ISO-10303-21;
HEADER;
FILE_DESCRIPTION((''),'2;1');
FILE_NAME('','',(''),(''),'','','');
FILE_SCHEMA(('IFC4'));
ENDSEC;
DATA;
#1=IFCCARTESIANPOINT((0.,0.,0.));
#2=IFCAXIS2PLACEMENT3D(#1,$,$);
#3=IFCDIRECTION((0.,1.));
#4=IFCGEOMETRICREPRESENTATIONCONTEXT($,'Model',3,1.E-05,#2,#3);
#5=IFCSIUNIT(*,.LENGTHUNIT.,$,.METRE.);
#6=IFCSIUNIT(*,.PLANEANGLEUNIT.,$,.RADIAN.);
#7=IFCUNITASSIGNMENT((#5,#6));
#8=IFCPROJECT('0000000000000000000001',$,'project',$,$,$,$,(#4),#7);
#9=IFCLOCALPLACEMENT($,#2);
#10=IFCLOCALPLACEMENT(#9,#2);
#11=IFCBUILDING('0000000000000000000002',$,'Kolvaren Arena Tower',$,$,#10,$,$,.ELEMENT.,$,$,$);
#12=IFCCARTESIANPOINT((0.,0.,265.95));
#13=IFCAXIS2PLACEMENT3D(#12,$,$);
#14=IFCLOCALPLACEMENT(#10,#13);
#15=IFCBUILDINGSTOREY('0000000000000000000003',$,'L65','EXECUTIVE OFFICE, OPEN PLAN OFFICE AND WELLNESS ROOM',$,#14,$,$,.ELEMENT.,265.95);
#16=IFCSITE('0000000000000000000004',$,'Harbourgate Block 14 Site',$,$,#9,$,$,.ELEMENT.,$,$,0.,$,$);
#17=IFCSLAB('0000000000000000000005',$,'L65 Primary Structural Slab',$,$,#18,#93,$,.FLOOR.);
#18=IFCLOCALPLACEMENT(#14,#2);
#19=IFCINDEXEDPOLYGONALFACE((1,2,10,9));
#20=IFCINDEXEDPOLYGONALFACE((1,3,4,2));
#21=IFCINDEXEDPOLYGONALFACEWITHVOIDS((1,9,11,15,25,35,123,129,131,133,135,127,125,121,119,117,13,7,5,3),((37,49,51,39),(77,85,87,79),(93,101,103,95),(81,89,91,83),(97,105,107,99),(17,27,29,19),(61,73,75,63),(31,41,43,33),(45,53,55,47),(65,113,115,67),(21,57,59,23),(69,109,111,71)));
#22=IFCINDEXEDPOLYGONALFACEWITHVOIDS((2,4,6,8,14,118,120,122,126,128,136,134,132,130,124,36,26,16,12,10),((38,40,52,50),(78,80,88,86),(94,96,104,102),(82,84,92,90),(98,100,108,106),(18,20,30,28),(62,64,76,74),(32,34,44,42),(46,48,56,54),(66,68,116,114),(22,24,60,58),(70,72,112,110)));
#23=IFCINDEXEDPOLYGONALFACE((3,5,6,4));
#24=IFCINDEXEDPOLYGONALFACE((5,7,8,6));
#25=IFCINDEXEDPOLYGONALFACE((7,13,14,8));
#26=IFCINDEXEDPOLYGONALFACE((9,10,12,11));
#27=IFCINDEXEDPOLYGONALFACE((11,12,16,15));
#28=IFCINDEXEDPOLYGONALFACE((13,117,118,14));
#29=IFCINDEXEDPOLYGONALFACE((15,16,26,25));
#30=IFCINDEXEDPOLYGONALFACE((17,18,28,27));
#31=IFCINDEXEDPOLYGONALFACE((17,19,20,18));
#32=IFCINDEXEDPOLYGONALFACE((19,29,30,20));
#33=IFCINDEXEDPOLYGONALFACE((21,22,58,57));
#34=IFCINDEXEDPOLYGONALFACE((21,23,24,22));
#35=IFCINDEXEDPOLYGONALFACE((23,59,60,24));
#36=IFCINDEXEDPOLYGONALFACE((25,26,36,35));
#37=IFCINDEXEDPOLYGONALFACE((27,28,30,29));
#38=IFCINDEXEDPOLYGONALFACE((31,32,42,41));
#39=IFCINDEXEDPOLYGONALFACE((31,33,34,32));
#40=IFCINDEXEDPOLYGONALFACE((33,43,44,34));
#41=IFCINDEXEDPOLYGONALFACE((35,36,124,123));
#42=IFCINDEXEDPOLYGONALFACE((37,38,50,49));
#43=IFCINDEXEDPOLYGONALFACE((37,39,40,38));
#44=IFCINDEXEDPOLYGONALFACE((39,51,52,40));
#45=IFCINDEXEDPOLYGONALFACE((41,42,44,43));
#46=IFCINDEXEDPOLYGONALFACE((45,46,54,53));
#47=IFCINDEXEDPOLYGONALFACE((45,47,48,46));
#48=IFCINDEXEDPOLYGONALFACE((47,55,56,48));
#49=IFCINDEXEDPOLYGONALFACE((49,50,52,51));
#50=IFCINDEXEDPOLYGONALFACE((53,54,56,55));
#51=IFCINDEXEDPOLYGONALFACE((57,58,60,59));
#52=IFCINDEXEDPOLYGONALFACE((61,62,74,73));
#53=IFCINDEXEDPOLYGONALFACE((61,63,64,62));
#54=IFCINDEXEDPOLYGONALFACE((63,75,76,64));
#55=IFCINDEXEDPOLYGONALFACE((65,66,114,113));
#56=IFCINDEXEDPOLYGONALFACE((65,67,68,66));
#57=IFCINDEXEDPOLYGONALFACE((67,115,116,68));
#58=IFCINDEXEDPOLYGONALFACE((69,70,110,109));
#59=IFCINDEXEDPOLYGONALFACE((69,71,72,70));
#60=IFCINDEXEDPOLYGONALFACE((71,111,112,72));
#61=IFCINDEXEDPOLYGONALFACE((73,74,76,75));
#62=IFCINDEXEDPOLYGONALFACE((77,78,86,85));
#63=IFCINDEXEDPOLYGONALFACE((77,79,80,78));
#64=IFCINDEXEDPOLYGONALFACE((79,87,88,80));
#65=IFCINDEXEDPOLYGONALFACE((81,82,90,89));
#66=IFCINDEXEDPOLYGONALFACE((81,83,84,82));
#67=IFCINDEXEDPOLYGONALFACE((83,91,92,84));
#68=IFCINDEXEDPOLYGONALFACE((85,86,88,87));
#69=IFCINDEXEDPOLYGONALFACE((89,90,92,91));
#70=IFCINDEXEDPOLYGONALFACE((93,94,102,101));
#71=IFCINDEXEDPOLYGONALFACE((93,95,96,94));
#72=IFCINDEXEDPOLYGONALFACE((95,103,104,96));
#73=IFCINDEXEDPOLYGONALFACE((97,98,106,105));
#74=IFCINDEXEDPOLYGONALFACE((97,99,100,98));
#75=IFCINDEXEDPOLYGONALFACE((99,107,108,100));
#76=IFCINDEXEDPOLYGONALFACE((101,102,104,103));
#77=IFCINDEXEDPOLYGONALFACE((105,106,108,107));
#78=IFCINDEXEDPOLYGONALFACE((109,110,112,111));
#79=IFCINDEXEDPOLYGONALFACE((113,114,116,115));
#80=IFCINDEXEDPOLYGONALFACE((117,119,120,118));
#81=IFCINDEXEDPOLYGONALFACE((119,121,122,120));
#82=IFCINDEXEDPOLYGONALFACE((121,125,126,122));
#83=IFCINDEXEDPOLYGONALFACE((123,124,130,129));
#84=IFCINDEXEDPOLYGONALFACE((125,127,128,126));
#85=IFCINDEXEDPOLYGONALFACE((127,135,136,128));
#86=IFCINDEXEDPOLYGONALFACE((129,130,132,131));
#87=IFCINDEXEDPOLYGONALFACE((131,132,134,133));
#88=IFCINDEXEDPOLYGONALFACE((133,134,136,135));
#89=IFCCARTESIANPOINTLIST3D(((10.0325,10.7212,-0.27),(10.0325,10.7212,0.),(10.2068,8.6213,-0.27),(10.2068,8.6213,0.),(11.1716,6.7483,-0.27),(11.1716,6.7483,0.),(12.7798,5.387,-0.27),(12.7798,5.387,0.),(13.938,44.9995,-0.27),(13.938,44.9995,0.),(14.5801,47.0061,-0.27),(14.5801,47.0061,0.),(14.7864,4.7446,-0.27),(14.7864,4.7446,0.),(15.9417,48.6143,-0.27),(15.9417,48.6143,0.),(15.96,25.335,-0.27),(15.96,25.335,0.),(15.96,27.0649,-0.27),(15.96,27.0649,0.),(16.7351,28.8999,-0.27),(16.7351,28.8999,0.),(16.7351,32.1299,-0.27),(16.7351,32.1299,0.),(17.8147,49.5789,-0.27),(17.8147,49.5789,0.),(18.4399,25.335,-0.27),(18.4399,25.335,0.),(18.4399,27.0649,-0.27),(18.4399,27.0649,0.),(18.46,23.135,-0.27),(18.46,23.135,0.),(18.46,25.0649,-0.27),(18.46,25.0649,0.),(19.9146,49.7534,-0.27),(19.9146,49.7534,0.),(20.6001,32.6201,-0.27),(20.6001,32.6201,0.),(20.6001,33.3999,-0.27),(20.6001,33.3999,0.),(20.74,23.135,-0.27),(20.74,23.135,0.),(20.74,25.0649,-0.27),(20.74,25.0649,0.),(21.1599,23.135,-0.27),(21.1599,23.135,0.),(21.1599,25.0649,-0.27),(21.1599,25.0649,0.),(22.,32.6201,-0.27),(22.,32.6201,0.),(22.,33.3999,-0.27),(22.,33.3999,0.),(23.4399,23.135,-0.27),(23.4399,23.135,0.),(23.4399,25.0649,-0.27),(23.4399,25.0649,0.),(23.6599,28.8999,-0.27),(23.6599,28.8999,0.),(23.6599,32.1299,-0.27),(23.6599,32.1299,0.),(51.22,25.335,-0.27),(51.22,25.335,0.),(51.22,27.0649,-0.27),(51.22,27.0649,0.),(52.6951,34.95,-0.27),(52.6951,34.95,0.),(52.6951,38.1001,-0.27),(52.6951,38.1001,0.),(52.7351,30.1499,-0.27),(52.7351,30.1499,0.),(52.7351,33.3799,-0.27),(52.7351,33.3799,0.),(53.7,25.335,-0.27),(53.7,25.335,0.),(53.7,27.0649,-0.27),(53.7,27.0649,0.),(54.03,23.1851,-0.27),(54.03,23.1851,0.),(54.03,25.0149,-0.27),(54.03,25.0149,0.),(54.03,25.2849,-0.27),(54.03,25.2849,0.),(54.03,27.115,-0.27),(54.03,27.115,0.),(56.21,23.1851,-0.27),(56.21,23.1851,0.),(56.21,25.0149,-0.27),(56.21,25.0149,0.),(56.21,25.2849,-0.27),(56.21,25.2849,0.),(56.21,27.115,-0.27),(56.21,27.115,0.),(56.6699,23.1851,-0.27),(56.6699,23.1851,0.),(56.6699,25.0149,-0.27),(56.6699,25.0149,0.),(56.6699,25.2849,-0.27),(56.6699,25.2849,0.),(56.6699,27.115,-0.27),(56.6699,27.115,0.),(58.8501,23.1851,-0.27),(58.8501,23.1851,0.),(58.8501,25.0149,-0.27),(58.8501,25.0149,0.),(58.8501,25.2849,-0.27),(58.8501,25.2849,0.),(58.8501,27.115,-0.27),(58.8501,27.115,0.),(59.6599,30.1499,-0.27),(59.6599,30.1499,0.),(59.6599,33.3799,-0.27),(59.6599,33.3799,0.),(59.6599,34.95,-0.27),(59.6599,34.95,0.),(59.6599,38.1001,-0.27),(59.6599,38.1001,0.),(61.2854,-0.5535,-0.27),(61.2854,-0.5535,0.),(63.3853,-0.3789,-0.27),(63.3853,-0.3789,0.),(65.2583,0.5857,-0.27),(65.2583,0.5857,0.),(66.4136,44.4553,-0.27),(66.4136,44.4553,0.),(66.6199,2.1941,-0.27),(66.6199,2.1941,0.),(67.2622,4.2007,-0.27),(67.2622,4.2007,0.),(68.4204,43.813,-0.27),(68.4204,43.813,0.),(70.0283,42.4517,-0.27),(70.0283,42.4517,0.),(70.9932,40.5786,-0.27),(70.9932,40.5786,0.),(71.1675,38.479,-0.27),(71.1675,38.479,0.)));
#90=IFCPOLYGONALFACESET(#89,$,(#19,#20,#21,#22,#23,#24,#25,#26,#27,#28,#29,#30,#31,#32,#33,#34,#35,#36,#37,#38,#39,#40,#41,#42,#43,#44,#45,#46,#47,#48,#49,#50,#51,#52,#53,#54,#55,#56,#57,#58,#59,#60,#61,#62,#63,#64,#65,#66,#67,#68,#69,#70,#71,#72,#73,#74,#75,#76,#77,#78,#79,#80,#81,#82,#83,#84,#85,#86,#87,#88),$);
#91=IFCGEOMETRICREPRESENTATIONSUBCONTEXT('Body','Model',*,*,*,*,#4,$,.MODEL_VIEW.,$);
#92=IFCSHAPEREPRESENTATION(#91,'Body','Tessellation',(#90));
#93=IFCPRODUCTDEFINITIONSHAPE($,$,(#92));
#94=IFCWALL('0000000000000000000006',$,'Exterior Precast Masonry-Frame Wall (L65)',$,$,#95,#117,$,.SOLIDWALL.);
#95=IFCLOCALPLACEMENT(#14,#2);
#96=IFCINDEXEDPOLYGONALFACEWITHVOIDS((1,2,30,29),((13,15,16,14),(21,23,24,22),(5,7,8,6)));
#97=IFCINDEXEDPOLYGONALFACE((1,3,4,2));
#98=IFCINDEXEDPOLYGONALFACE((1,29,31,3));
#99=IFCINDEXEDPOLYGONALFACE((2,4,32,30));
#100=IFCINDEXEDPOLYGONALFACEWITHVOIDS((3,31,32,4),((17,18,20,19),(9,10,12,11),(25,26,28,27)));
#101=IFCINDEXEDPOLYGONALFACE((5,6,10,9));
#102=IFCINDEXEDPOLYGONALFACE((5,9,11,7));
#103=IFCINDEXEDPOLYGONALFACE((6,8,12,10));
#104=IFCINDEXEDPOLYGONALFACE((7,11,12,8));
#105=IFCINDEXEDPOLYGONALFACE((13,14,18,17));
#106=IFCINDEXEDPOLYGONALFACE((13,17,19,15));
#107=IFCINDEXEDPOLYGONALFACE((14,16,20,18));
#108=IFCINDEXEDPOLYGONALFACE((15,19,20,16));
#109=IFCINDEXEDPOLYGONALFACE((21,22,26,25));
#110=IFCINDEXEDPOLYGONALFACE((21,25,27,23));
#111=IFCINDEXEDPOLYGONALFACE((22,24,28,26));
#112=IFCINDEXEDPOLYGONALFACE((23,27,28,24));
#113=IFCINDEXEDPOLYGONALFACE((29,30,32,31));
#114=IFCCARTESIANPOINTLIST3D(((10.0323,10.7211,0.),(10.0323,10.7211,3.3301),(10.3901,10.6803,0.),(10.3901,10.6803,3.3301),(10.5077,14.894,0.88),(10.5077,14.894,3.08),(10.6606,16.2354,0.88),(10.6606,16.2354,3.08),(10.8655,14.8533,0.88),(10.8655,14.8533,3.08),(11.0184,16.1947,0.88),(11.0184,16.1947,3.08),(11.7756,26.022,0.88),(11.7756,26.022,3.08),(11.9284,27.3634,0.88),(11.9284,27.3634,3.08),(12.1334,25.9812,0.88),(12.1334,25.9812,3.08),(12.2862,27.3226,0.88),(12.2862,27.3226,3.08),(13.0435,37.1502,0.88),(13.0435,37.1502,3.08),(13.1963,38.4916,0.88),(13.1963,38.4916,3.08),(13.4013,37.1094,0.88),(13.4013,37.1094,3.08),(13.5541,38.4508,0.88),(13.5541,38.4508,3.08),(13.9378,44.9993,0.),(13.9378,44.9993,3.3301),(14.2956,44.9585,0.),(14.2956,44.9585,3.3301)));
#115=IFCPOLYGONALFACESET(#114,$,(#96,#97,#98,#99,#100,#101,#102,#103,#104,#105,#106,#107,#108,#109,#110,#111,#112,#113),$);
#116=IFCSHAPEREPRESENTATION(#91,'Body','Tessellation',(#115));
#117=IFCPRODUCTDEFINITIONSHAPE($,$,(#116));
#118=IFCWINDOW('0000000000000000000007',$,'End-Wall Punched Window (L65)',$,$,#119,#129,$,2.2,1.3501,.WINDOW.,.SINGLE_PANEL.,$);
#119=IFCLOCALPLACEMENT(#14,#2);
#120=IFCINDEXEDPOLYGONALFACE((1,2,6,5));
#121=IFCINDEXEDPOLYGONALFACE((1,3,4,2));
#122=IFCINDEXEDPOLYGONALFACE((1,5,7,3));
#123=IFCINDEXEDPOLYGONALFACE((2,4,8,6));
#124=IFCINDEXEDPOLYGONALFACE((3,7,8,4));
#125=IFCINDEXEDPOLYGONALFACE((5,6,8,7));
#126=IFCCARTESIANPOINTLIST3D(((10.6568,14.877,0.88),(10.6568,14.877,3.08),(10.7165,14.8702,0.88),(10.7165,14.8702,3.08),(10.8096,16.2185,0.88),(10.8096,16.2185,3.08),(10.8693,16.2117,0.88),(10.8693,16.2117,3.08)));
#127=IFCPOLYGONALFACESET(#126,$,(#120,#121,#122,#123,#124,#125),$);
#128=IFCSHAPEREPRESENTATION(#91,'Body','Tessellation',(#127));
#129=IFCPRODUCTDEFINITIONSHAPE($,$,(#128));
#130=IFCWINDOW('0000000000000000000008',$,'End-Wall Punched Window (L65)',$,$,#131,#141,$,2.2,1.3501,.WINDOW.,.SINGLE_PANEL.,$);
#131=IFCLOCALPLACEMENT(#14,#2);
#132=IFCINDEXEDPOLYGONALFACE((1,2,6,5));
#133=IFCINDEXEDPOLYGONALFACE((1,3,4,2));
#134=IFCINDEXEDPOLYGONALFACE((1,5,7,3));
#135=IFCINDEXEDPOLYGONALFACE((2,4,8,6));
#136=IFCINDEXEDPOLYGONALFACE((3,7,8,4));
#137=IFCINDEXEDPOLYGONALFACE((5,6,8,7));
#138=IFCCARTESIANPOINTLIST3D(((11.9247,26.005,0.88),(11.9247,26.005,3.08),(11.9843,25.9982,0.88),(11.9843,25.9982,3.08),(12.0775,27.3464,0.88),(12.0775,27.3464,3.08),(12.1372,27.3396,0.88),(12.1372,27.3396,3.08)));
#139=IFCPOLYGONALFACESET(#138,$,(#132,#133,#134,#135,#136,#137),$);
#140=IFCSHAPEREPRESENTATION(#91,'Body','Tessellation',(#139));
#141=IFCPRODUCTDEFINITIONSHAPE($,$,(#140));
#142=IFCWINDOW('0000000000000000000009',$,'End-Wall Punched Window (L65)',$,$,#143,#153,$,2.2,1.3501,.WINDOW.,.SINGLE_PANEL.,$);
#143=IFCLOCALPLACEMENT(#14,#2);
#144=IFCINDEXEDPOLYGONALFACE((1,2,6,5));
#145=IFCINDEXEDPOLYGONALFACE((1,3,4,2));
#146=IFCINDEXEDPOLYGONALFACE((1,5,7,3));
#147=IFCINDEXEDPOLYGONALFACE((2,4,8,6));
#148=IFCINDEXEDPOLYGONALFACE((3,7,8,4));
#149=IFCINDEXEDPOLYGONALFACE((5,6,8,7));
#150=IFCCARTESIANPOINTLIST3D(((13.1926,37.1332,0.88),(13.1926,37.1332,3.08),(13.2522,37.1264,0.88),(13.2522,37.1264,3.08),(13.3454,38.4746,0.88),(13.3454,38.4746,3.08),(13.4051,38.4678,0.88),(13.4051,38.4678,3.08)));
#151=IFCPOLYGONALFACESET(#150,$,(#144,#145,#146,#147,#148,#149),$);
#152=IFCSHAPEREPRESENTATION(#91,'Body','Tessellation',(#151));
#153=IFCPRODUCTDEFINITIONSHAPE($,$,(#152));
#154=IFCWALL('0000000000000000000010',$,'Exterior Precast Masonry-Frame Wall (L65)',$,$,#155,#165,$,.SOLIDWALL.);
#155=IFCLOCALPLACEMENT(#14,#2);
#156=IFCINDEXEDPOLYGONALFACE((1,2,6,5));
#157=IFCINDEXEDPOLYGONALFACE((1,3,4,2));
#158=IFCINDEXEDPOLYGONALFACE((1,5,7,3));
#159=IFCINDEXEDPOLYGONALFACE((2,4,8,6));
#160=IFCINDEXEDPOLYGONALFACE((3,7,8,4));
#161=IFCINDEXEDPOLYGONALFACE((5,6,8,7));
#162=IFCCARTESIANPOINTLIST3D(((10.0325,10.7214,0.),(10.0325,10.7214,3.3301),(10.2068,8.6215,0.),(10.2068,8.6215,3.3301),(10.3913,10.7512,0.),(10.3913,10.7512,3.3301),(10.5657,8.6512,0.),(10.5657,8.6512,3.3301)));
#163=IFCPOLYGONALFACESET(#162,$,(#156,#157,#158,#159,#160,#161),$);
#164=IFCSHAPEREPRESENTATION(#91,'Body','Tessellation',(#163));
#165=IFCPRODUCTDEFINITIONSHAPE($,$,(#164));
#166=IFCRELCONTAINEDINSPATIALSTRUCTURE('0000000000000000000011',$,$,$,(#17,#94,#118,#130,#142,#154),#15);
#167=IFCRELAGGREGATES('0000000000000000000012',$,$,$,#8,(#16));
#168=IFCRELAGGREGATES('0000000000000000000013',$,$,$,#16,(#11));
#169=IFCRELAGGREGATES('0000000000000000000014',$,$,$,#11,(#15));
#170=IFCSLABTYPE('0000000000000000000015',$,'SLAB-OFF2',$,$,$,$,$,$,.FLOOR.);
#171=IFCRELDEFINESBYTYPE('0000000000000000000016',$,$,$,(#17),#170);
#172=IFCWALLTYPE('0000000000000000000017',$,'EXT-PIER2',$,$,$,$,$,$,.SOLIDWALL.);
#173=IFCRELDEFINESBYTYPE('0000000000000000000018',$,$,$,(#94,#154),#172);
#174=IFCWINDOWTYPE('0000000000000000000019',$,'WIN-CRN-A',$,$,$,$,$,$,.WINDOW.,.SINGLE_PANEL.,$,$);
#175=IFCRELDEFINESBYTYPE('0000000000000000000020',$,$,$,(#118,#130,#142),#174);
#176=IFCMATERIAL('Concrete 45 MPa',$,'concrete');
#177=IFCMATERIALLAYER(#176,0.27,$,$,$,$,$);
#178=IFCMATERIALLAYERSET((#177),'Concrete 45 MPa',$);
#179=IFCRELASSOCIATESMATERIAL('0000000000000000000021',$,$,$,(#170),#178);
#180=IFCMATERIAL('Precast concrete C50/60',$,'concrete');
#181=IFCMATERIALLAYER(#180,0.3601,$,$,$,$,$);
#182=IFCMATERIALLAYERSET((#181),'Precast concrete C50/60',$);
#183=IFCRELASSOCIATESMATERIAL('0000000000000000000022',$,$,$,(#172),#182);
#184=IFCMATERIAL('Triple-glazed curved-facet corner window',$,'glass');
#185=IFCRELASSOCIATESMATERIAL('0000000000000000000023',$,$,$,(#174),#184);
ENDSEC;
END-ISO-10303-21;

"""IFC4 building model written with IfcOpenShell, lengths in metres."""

from ifc_helpers import new_model, si_unit, direction, frame, frame_2d, origin, place, context, subcontext, project, spatial, polyline, rectangle, outline, extrude, material, layer, layer_set, type_object, element, fill, save


model = new_model("IFC4")

# Units and contexts
model_context = context("Model", 3, precision=1e-05, world=origin(), true_north=direction((0.0, 1.0)))
body_context = subcontext(model_context, "Body", "Model", "MODEL_VIEW")
ifc_project = project(units=[si_unit("LENGTHUNIT", "METRE"), si_unit("PLANEANGLEUNIT", "RADIAN")], contexts=[model_context])

# Site, building, storey
site_placement = place(None, origin())
site = spatial("IfcSite", under=ifc_project, at=site_placement, Name="Harbourgate Block 14 Site", CompositionType="ELEMENT", RefElevation=0.0)
building_placement = place(site_placement, origin())
building = spatial("IfcBuilding", under=site, at=building_placement, Name="Kolvaren Arena Tower", CompositionType="ELEMENT")
storey_placement = place(building_placement, frame((0.0, 0.0, 265.95)))
storey = spatial("IfcBuildingStorey", under=building, at=storey_placement, Name="L65", Description="EXECUTIVE OFFICE, OPEN PLAN OFFICE AND WELLNESS ROOM", CompositionType="ELEMENT", Elevation=265.95)

# Shared definitions
ifc_material_1 = material(Name="Concrete 45 MPa", Category="concrete")

# Slab
ifc_layer_1 = layer(ifc_material_1, 0.27)
ifc_layer_set_1 = layer_set([ifc_layer_1], Name="Concrete 45 MPa")
slab_type_1 = type_object("IfcSlabType", Name="SLAB-OFF2", PredefinedType="FLOOR", material=ifc_layer_set_1)
slab_1_placement = place(storey_placement, frame((0.0, 0.0, -0.27)))
element("IfcSlab", 1, at=slab_1_placement, inside=storey, type_object=slab_type_1, Name="L65 Primary Structural Slab", PredefinedType="FLOOR", context=body_context, shape_type="SweptSolid", body=[
    extrude(outline(polyline([(61.2854, -0.5535), (63.3853, -0.3789), (65.2583, 0.5857), (66.6199, 2.1941), (67.2622, 4.2007), (71.1675, 38.479), (70.9932, 40.5786), (70.0283, 42.4517), (68.4204, 43.813), (66.4136, 44.4553), (19.9146, 49.7534), (17.8147, 49.5789), (15.9417, 48.6143), (14.5801, 47.0061), (13.938, 44.9995), (10.0325, 10.7212), (10.2068, 8.6213), (11.1716, 6.7483), (12.7798, 5.387), (14.7864, 4.7446), (61.2854, -0.5535)]), holes=[polyline([(20.74, 23.135), (18.46, 23.135), (18.46, 25.0649), (20.74, 25.0649), (20.74, 23.135)]), polyline([(21.1599, 23.135), (21.1599, 25.0649), (23.4399, 25.0649), (23.4399, 23.135), (21.1599, 23.135)]), polyline([(56.21, 23.1851), (54.03, 23.1851), (54.03, 25.0149), (56.21, 25.0149), (56.21, 23.1851)]), polyline([(56.6699, 23.1851), (56.6699, 25.0149), (58.8501, 25.0149), (58.8501, 23.1851), (56.6699, 23.1851)]), polyline([(54.03, 25.2849), (54.03, 27.115), (56.21, 27.115), (56.21, 25.2849), (54.03, 25.2849)]), polyline([(58.8501, 25.2849), (56.6699, 25.2849), (56.6699, 27.115), (58.8501, 27.115), (58.8501, 25.2849)]), polyline([(15.96, 25.335), (15.96, 27.0649), (18.4399, 27.0649), (18.4399, 25.335), (15.96, 25.335)]), polyline([(53.7, 25.335), (51.22, 25.335), (51.22, 27.0649), (53.7, 27.0649), (53.7, 25.335)]), polyline([(16.7351, 28.8999), (16.7351, 32.1299), (23.6599, 32.1299), (23.6599, 28.8999), (16.7351, 28.8999)]), polyline([(52.7351, 30.1499), (52.7351, 33.3799), (59.6599, 33.3799), (59.6599, 30.1499), (52.7351, 30.1499)]), polyline([(20.6001, 32.6201), (20.6001, 33.3999), (22.0, 33.3999), (22.0, 32.6201), (20.6001, 32.6201)]), polyline([(52.6951, 34.95), (52.6951, 38.1001), (59.6599, 38.1001), (59.6599, 34.95), (52.6951, 34.95)])]), origin(), (0.0, 0.0, 1.0), 0.27),
])

# Wall, openings, windows
ifc_material_2 = material(Name="Precast concrete C50/60", Category="concrete")
ifc_layer_2 = layer(ifc_material_2, 0.3601)
ifc_layer_set_2 = layer_set([ifc_layer_2], Name="Precast concrete C50/60")
wall_type = type_object("IfcWallType", Name="EXT-PIER2", PredefinedType="SOLIDWALL", material=ifc_layer_set_2)
wall_1_placement = place(storey_placement, frame((10.2112, 10.7007, 0.0), z_axis=(0.0, 0.0, 1.0), x_axis=(0.113203, 0.993572, 0.0)))
wall_1 = element("IfcWall", 2, at=wall_1_placement, inside=storey, type_object=wall_type, Name="Exterior Precast Masonry-Frame Wall (L65)", PredefinedType="SOLIDWALL", context=body_context, shape_type="SweptSolid", body=[
    extrude(rectangle(XDim=34.5, YDim=0.3601, at=frame_2d((17.25, 0.0))), origin(), (0.0, 0.0, 1.0), 3.3301),
])
opening_1_placement = place(wall_1_placement, frame((4.2, 0.0, 0.8799)))
opening_1 = element("IfcOpeningElement", 3, at=opening_1_placement, cuts=wall_1, PredefinedType="OPENING", context=body_context, shape_type="SweptSolid", body=[
    extrude(rectangle(XDim=1.3501, YDim=2.2, at=frame_2d((0.675, 1.1001))), frame((0.0, 0.1899, 0.0), z_axis=(0.0, -1.0, 0.0), x_axis=(1.0, 0.0, 0.0)), (0.0, 0.0, 1.0), 0.3801),
])
opening_2_placement = place(wall_1_placement, frame((15.3999, 0.0, 0.8799)))
opening_2 = element("IfcOpeningElement", 4, at=opening_2_placement, cuts=wall_1, PredefinedType="OPENING", context=body_context, shape_type="SweptSolid", body=[
    extrude(rectangle(XDim=1.3501, YDim=2.2, at=frame_2d((0.675, 1.1001))), frame((0.0, 0.1899, 0.0), z_axis=(0.0, -1.0, 0.0), x_axis=(1.0, 0.0, 0.0)), (0.0, 0.0, 1.0), 0.3801),
])
opening_3_placement = place(wall_1_placement, frame((26.6001, 0.0, 0.8799)))
opening_3 = element("IfcOpeningElement", 5, at=opening_3_placement, cuts=wall_1, PredefinedType="OPENING", context=body_context, shape_type="SweptSolid", body=[
    extrude(rectangle(XDim=1.3501, YDim=2.2, at=frame_2d((0.675, 1.1001))), frame((0.0, 0.1899, 0.0), z_axis=(0.0, -1.0, 0.0), x_axis=(1.0, 0.0, 0.0)), (0.0, 0.0, 1.0), 0.3801),
])
ifc_material_3 = material(Name="Triple-glazed curved-facet corner window", Category="glass")
window_type = type_object("IfcWindowType", Name="WIN-CRN-A", PartitioningType="SINGLE_PANEL", PredefinedType="WINDOW", material=ifc_material_3)
window_1_placement = place(opening_1_placement, origin())
window_1 = element("IfcWindow", 6, at=window_1_placement, inside=storey, type_object=window_type, Name="End-Wall Punched Window (L65)", OverallHeight=2.2, OverallWidth=1.3501, PartitioningType="SINGLE_PANEL", PredefinedType="WINDOW", context=body_context, shape_type="SweptSolid", body=[
    extrude(rectangle(XDim=1.3501, YDim=2.2, at=frame_2d((0.675, 1.1001))), frame((0.0, 0.03, 0.0), z_axis=(0.0, -1.0, 0.0), x_axis=(1.0, 0.0, 0.0)), (0.0, 0.0, 1.0), 0.0601),
])
fill(opening_1, window_1)
window_2_placement = place(opening_2_placement, origin())
window_2 = element("IfcWindow", 7, at=window_2_placement, inside=storey, type_object=window_type, Name="End-Wall Punched Window (L65)", OverallHeight=2.2, OverallWidth=1.3501, PartitioningType="SINGLE_PANEL", PredefinedType="WINDOW", context=body_context, shape_type="SweptSolid", body=[
    extrude(rectangle(XDim=1.3501, YDim=2.2, at=frame_2d((0.675, 1.1001))), frame((0.0, 0.03, 0.0), z_axis=(0.0, -1.0, 0.0), x_axis=(1.0, 0.0, 0.0)), (0.0, 0.0, 1.0), 0.0601),
])
fill(opening_2, window_2)
window_3_placement = place(opening_3_placement, origin())
window_3 = element("IfcWindow", 8, at=window_3_placement, inside=storey, type_object=window_type, Name="End-Wall Punched Window (L65)", OverallHeight=2.2, OverallWidth=1.3501, PartitioningType="SINGLE_PANEL", PredefinedType="WINDOW", context=body_context, shape_type="SweptSolid", body=[
    extrude(rectangle(XDim=1.3501, YDim=2.2, at=frame_2d((0.675, 1.1001))), frame((0.0, 0.03, 0.0), z_axis=(0.0, -1.0, 0.0), x_axis=(1.0, 0.0, 0.0)), (0.0, 0.0, 1.0), 0.0601),
])
fill(opening_3, window_3)

# Wall
wall_2_placement = place(storey_placement, frame((10.3862, 8.6362, 0.0), z_axis=(0.0, 0.0, 1.0), x_axis=(-0.082729, 0.996572, 0.0)))
element("IfcWall", 9, at=wall_2_placement, inside=storey, type_object=wall_type, Name="Exterior Precast Masonry-Frame Wall (L65)", PredefinedType="SOLIDWALL", context=body_context, shape_type="SweptSolid", body=[
    extrude(rectangle(XDim=2.1072, YDim=0.3601, at=frame_2d((1.0537, 0.0))), origin(), (0.0, 0.0, 1.0), 3.3301),
])

save(model, "model.ifc")
